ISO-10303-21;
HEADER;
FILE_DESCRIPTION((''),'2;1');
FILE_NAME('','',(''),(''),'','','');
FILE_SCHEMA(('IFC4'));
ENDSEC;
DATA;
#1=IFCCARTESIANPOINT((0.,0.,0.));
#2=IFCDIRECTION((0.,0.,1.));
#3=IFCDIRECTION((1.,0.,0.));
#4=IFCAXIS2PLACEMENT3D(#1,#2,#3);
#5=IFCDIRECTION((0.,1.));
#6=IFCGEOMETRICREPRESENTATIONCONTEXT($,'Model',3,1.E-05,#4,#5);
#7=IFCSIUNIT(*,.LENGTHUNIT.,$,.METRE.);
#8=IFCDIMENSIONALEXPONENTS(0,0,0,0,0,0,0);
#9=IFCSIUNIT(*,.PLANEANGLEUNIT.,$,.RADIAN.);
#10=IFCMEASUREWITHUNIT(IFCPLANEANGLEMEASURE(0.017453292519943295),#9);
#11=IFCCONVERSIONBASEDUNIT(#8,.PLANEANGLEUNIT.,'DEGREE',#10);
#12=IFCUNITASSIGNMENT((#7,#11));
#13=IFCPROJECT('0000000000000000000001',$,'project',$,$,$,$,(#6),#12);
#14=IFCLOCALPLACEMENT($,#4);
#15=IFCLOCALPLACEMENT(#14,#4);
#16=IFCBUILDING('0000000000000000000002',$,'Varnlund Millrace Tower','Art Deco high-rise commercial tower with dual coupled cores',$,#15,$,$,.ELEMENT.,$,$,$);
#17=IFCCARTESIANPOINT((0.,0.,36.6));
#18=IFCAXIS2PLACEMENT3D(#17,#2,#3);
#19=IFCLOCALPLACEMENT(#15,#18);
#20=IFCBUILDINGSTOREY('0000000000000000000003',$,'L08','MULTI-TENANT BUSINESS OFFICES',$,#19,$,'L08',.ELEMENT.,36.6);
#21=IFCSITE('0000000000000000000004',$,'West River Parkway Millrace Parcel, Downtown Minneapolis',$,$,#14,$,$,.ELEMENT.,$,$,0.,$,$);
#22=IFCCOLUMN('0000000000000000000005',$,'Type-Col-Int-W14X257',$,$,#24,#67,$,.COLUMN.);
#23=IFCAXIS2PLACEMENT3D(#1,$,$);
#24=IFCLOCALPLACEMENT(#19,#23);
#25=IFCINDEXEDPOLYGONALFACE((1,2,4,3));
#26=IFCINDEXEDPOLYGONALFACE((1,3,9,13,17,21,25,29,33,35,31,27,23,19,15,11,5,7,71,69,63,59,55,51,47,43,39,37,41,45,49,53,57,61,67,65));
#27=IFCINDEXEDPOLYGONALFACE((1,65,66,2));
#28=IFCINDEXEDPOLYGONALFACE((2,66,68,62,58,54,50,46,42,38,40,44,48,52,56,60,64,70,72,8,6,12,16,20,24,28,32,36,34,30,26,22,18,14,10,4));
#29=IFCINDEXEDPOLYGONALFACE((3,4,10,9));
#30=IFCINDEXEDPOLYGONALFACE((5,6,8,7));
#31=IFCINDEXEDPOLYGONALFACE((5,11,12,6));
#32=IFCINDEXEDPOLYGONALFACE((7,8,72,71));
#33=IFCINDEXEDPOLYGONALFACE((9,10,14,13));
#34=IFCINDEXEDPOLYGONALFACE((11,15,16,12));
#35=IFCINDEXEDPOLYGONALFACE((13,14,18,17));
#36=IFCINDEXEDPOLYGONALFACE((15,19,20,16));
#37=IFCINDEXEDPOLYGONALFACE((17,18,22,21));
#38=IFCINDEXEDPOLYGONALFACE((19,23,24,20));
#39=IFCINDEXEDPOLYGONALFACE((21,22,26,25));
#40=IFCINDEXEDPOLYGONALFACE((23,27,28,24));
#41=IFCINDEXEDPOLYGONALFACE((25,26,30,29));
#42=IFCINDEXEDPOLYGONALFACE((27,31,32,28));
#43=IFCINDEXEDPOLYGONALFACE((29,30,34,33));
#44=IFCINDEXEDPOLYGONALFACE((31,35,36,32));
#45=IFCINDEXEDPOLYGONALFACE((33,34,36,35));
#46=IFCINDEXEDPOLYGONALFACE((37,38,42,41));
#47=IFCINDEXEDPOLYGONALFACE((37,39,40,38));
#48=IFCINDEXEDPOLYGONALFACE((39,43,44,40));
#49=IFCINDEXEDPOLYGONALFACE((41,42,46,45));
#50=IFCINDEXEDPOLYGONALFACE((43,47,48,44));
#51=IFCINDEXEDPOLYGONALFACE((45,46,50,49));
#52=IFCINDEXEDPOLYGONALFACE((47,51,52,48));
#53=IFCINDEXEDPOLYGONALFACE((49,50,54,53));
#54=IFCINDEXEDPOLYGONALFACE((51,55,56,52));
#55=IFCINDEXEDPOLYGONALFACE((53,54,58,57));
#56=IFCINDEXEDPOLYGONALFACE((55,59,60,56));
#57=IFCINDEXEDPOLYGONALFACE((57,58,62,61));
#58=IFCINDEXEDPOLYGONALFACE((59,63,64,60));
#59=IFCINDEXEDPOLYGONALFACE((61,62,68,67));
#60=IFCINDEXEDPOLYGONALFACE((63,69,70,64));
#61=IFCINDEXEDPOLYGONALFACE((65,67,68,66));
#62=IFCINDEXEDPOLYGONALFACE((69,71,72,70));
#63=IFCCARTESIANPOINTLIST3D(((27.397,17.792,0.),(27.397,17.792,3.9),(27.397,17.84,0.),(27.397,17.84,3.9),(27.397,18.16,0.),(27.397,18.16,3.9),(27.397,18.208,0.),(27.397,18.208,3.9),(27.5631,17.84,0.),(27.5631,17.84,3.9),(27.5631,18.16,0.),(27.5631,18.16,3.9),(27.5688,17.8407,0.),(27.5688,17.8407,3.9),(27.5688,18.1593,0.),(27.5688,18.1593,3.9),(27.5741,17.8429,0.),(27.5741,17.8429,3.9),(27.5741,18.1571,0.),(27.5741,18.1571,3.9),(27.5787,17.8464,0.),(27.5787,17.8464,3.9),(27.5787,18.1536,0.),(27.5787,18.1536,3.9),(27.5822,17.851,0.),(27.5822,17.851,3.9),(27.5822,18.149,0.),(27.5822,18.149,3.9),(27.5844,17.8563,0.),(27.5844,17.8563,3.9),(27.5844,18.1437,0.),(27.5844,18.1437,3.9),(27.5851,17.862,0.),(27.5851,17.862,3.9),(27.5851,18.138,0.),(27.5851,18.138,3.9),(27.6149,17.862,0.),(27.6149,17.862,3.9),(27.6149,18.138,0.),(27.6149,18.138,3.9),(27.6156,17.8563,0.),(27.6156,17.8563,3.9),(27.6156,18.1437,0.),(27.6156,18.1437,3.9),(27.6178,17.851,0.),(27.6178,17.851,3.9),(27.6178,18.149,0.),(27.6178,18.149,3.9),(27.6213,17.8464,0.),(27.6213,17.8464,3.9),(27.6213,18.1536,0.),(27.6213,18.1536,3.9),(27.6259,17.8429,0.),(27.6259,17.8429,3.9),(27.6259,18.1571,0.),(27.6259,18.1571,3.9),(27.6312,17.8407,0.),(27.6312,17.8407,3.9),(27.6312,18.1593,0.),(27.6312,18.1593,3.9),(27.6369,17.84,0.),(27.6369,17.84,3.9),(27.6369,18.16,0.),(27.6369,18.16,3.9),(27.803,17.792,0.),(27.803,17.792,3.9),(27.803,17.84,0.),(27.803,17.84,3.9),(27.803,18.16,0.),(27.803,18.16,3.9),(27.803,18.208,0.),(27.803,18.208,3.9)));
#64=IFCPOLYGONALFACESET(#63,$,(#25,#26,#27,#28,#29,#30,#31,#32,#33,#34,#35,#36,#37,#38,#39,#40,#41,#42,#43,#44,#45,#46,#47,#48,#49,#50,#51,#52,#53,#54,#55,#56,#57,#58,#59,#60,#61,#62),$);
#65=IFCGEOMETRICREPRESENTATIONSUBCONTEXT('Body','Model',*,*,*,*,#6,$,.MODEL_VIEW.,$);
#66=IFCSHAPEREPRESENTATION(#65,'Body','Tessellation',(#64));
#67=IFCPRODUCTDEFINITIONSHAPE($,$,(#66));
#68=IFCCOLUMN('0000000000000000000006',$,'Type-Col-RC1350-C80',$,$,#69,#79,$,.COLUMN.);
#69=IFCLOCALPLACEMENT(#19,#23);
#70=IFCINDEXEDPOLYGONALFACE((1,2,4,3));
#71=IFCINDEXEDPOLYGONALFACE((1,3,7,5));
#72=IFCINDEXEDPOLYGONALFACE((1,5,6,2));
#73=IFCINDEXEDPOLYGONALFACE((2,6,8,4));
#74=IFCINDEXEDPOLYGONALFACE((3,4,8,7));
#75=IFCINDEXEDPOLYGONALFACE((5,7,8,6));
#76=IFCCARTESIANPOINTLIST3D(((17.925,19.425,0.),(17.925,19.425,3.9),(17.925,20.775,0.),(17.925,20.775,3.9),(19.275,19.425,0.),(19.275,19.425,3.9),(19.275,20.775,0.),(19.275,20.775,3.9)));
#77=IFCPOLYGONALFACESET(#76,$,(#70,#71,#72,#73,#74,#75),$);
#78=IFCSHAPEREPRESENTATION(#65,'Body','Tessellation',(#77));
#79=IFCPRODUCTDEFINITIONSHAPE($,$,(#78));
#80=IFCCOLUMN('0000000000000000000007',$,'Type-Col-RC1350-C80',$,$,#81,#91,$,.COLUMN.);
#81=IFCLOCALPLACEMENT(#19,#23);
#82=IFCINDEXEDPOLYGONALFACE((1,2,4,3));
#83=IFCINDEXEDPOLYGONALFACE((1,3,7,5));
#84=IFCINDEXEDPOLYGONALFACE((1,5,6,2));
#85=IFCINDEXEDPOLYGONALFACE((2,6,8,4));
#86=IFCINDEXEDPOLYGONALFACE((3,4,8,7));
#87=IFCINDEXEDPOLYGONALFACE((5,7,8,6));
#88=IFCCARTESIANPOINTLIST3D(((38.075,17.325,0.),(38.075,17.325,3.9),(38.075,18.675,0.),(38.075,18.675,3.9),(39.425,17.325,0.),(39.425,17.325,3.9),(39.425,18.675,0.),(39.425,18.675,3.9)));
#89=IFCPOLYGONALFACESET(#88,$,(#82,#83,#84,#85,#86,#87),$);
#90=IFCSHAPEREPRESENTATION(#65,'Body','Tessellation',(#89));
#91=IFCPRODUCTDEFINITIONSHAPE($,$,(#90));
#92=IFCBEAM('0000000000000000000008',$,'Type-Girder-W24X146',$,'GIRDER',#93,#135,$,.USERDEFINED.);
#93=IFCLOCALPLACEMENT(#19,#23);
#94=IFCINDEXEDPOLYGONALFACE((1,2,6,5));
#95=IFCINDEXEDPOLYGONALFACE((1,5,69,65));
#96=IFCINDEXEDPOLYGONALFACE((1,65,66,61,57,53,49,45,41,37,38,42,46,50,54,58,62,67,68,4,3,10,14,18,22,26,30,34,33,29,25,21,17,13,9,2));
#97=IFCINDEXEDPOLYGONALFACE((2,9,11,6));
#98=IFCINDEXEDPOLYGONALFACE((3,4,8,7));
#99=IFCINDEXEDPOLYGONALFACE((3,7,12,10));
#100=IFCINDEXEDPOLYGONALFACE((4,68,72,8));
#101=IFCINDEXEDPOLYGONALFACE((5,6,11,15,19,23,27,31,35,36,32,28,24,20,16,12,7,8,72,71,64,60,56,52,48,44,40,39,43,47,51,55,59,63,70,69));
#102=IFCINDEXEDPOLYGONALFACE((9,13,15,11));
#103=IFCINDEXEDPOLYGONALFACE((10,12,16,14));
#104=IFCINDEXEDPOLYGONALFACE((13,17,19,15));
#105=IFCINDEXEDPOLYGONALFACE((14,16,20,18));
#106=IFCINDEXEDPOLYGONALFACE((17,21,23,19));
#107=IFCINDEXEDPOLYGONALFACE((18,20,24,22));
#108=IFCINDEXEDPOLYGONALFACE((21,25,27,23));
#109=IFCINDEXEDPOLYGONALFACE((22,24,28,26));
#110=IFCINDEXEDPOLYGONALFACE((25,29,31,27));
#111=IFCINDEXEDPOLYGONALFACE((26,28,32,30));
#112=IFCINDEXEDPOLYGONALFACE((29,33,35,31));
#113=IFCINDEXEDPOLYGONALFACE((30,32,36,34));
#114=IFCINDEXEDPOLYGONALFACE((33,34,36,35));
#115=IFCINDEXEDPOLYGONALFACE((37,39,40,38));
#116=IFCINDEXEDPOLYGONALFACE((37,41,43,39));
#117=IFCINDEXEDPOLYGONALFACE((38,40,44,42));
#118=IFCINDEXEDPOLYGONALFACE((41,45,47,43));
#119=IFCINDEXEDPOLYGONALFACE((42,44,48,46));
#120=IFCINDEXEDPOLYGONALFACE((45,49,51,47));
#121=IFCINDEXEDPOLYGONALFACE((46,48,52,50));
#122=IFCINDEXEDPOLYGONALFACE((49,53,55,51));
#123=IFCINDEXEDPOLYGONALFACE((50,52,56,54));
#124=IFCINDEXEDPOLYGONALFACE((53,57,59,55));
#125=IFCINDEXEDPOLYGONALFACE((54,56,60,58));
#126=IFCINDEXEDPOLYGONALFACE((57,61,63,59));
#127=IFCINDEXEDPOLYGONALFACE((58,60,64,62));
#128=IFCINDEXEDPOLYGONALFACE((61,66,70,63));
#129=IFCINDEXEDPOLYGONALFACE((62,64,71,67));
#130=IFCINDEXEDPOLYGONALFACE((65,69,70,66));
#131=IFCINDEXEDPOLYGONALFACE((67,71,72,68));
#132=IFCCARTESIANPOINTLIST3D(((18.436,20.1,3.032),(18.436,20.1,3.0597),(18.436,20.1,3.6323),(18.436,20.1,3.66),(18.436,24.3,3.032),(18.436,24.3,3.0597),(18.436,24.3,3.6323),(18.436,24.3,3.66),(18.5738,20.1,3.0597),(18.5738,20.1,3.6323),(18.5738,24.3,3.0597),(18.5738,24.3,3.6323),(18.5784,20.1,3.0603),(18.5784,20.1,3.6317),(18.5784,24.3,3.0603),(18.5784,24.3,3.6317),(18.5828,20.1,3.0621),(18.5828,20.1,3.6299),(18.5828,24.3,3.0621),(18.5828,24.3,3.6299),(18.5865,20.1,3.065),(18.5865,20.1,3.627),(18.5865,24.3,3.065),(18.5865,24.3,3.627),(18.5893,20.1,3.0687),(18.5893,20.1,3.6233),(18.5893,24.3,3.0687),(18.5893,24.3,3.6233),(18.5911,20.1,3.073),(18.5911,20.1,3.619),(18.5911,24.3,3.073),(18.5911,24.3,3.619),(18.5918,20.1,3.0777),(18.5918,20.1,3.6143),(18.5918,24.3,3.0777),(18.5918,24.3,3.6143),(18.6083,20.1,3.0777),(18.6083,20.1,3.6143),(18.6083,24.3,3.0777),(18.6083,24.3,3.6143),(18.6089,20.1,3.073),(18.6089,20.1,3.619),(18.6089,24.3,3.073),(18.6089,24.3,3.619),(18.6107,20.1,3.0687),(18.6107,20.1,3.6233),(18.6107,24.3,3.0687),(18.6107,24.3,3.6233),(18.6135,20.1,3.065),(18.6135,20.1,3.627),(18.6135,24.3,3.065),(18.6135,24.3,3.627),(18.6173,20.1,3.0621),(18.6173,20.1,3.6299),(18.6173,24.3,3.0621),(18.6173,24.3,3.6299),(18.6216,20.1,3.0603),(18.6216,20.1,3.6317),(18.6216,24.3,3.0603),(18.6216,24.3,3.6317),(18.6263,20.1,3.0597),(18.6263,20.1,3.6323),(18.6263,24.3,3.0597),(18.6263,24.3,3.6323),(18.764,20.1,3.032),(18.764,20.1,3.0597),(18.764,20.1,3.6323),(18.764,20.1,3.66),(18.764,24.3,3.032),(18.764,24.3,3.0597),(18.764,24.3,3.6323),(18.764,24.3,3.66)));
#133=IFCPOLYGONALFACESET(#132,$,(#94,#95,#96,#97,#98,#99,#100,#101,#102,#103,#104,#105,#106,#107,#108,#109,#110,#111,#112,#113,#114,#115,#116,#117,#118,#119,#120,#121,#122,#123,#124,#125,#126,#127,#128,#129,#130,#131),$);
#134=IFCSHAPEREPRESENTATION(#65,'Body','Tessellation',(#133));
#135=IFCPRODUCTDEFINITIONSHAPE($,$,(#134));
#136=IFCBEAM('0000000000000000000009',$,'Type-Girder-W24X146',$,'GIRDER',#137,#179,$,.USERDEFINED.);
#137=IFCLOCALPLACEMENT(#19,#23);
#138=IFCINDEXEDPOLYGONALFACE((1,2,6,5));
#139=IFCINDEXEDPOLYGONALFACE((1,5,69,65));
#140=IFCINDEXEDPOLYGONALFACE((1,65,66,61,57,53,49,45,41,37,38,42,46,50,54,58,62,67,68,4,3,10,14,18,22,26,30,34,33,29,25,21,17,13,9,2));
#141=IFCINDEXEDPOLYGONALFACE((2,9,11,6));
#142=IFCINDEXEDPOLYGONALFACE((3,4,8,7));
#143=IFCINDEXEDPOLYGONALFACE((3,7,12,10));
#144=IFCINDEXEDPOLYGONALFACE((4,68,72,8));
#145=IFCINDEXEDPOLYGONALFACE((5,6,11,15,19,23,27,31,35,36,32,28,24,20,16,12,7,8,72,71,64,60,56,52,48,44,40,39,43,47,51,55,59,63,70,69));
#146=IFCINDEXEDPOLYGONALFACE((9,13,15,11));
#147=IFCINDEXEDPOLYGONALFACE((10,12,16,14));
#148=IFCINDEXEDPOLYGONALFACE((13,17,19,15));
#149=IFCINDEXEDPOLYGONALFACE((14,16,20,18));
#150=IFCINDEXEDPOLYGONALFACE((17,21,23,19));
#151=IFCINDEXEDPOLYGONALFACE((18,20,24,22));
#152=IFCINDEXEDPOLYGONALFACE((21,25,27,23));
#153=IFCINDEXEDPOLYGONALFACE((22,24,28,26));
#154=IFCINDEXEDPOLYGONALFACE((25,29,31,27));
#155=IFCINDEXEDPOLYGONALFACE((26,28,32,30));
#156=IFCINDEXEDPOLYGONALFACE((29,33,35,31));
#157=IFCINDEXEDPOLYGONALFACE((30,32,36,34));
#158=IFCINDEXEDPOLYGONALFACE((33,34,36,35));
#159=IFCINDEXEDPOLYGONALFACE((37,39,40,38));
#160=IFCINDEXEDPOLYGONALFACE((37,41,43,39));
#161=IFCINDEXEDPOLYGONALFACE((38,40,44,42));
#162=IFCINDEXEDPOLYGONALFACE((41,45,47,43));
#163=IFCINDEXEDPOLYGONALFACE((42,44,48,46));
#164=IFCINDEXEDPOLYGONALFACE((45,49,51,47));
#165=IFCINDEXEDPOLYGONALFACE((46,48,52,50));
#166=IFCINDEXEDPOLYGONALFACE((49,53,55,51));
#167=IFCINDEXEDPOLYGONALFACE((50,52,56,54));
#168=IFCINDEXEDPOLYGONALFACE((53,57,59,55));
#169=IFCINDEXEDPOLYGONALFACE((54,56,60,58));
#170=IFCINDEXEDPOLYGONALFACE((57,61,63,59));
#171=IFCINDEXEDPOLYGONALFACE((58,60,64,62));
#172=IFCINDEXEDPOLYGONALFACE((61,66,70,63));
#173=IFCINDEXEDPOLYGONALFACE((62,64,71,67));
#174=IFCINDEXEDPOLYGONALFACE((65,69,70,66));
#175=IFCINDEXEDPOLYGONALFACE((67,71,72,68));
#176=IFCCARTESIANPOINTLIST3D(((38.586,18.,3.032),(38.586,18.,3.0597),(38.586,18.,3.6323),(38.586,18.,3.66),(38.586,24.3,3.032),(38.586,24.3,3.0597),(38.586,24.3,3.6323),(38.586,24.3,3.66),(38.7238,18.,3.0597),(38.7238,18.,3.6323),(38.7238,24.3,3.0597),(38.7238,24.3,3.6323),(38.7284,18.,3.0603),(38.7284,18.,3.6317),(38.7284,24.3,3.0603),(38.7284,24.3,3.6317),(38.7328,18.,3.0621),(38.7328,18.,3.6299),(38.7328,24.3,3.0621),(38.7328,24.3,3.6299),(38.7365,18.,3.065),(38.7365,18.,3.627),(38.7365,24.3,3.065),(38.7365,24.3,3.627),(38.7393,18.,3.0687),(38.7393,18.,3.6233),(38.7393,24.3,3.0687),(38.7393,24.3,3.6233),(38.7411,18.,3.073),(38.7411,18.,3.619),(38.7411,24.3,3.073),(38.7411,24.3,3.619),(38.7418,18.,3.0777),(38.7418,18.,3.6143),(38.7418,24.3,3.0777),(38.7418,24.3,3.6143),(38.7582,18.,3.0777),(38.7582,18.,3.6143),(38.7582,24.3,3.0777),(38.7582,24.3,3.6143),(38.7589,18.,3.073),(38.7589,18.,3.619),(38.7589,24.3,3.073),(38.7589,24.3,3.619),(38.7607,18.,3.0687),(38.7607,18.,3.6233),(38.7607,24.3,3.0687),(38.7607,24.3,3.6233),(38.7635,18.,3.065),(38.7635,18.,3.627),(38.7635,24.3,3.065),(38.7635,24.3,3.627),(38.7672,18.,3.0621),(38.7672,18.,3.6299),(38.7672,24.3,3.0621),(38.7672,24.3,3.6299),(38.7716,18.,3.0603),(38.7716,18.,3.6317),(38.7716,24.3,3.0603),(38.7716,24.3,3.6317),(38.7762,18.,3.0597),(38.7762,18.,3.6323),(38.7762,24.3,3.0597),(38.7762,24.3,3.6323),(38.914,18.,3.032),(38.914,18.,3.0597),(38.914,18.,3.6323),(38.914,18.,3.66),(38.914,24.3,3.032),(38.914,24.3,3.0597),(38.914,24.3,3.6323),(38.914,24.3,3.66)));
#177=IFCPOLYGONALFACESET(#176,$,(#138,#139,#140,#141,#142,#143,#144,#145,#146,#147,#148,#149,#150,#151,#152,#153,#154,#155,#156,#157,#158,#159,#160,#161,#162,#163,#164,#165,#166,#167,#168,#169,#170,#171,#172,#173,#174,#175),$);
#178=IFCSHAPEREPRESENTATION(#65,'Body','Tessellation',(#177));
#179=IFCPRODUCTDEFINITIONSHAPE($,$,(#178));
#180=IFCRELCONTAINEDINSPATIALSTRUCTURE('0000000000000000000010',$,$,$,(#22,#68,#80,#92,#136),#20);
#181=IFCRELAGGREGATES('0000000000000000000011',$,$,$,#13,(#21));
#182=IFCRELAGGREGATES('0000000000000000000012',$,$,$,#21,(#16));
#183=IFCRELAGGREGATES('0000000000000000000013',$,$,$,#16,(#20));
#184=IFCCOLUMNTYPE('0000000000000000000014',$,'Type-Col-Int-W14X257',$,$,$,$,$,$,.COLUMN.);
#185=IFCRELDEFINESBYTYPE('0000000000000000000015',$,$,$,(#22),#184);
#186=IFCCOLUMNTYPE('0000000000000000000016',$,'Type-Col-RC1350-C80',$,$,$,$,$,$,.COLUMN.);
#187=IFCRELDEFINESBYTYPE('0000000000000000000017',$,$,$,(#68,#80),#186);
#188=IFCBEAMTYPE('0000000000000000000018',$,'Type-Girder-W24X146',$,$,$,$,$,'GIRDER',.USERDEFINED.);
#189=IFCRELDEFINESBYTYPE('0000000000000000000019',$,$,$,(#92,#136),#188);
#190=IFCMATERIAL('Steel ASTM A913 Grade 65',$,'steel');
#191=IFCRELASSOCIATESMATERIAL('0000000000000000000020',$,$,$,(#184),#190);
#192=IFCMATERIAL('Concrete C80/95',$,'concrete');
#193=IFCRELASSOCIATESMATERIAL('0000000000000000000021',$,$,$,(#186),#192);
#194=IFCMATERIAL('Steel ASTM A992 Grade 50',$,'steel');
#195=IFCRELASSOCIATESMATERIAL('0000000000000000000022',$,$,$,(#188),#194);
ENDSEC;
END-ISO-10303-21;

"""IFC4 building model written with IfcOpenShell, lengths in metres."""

from ifc_helpers import new_model, entity, si_unit, converted_unit, direction, frame, origin_with_axes, origin_2d_with_axis, place, context, subcontext, project, spatial, rectangle, i_section, extrude, material, material_profile, profile_set, type_object, element, save


model = new_model("IFC4")

# Units and contexts
model_context = context("Model", 3, precision=1e-05, world=origin_with_axes(), true_north=direction((0.0, 1.0)))
body_context = subcontext(model_context, "Body", "Model", "MODEL_VIEW")
ifc_project = project(units=[si_unit("LENGTHUNIT", "METRE"), converted_unit("PLANEANGLEUNIT", "DEGREE", entity("IfcPlaneAngleMeasure", 0.017453292519943295), si_unit("PLANEANGLEUNIT", "RADIAN"), dimensions=[0, 0, 0, 0, 0, 0, 0])], contexts=[model_context])

# Site, building, storey
site_placement = place(None, origin_with_axes())
site = spatial("IfcSite", under=ifc_project, at=site_placement, Name="West River Parkway Millrace Parcel, Downtown Minneapolis", CompositionType="ELEMENT", RefElevation=0.0)
building_placement = place(site_placement, origin_with_axes())
building = spatial("IfcBuilding", under=site, at=building_placement, Name="Varnlund Millrace Tower", Description="Art Deco high-rise commercial tower with dual coupled cores", CompositionType="ELEMENT")
storey_placement = place(building_placement, frame((0.0, 0.0, 36.6), z_axis=(0.0, 0.0, 1.0), x_axis=(1.0, 0.0, 0.0)))
storey = spatial("IfcBuildingStorey", under=building, at=storey_placement, Name="L08", Description="MULTI-TENANT BUSINESS OFFICES", LongName="L08", CompositionType="ELEMENT", Elevation=36.6)

# Columns
ifc_material_1 = material(Name="Steel ASTM A913 Grade 65", Category="steel")
ifc_material_profile_1 = material_profile(ifc_material_1, i_section(OverallWidth=0.406, OverallDepth=0.416, WebThickness=0.0298, FlangeThickness=0.048, FilletRadius=0.022, at=origin_2d_with_axis()), Name="Steel ASTM A913 Grade 65")
ifc_profile_set_1 = profile_set([ifc_material_profile_1], Name="Steel ASTM A913 Grade 65")
column_type_1 = type_object("IfcColumnType", Name="Type-Col-Int-W14X257", PredefinedType="COLUMN", material=ifc_profile_set_1)
column_placement = place(storey_placement, frame((27.6, 18.0, 0.0), z_axis=(0.0, 0.0, 1.0), x_axis=(1.0, 0.0, 0.0)))
element("IfcColumn", 1, at=column_placement, inside=storey, type_object=column_type_1, Name="Type-Col-Int-W14X257", PredefinedType="COLUMN", context=body_context, shape_type="SweptSolid", body=[
    extrude(i_section(OverallWidth=0.406, OverallDepth=0.416, WebThickness=0.0298, FlangeThickness=0.048, FilletRadius=0.022, at=origin_2d_with_axis()), origin_with_axes(), (0.0, 0.0, 1.0), 3.9),
])
ifc_material_2 = material(Name="Concrete C80/95", Category="concrete")
ifc_material_profile_2 = material_profile(ifc_material_2, rectangle(XDim=1.35, YDim=1.35, at=origin_2d_with_axis()), Name="Concrete C80/95")
ifc_profile_set_2 = profile_set([ifc_material_profile_2], Name="Concrete C80/95")
column_type_2 = type_object("IfcColumnType", Name="Type-Col-RC1350-C80", PredefinedType="COLUMN", material=ifc_profile_set_2)
for number, where, z_axis, x_axis, name in (
    (2, (18.6, 20.1, 0.0), (0.0, 0.0, 1.0), (1.0, 0.0, 0.0), "Type-Col-RC1350-C80"),
    (3, (38.75, 18.0, 0.0), (0.0, 0.0, 1.0), (1.0, 0.0, 0.0), "Type-Col-RC1350-C80"),
):
    element("IfcColumn", number, at=place(storey_placement, frame(where, z_axis=z_axis, x_axis=x_axis)), inside=storey, type_object=column_type_2, Name=name, PredefinedType="COLUMN", context=body_context, shape_type="SweptSolid", body=[
        extrude(rectangle(XDim=1.35, YDim=1.35, at=origin_2d_with_axis()), origin_with_axes(), (0.0, 0.0, 1.0), 3.9),
    ])

# Beams
ifc_material_3 = material(Name="Steel ASTM A992 Grade 50", Category="steel")
ifc_material_profile_3 = material_profile(ifc_material_3, i_section(OverallWidth=0.328, OverallDepth=0.628, WebThickness=0.0165, FlangeThickness=0.0277, FilletRadius=0.018, at=origin_2d_with_axis()), Name="Steel ASTM A992 Grade 50")
ifc_profile_set_3 = profile_set([ifc_material_profile_3], Name="Steel ASTM A992 Grade 50")
beam_type_1 = type_object("IfcBeamType", Name="Type-Girder-W24X146", ElementType="GIRDER", PredefinedType="USERDEFINED", material=ifc_profile_set_3)
beam_1_placement = place(storey_placement, frame((18.6, 20.1, 3.346), z_axis=(0.0, 1.0, 0.0), x_axis=(-1.0, 0.0, 0.0)))
element("IfcBeam", 4, at=beam_1_placement, inside=storey, type_object=beam_type_1, Name="Type-Girder-W24X146", ObjectType="GIRDER", PredefinedType="USERDEFINED", context=body_context, shape_type="SweptSolid", body=[
    extrude(i_section(OverallWidth=0.328, OverallDepth=0.628, WebThickness=0.0165, FlangeThickness=0.0277, FilletRadius=0.018, at=origin_2d_with_axis()), origin_with_axes(), (0.0, 0.0, 1.0), 4.2),
])
beam_2_placement = place(storey_placement, frame((38.75, 18.0, 3.346), z_axis=(0.0, 1.0, 0.0), x_axis=(-1.0, 0.0, 0.0)))
element("IfcBeam", 5, at=beam_2_placement, inside=storey, type_object=beam_type_1, Name="Type-Girder-W24X146", ObjectType="GIRDER", PredefinedType="USERDEFINED", context=body_context, shape_type="SweptSolid", body=[
    extrude(i_section(OverallWidth=0.328, OverallDepth=0.628, WebThickness=0.0165, FlangeThickness=0.0277, FilletRadius=0.018, at=origin_2d_with_axis()), origin_with_axes(), (0.0, 0.0, 1.0), 6.3),
])

save(model, "model.ifc")
